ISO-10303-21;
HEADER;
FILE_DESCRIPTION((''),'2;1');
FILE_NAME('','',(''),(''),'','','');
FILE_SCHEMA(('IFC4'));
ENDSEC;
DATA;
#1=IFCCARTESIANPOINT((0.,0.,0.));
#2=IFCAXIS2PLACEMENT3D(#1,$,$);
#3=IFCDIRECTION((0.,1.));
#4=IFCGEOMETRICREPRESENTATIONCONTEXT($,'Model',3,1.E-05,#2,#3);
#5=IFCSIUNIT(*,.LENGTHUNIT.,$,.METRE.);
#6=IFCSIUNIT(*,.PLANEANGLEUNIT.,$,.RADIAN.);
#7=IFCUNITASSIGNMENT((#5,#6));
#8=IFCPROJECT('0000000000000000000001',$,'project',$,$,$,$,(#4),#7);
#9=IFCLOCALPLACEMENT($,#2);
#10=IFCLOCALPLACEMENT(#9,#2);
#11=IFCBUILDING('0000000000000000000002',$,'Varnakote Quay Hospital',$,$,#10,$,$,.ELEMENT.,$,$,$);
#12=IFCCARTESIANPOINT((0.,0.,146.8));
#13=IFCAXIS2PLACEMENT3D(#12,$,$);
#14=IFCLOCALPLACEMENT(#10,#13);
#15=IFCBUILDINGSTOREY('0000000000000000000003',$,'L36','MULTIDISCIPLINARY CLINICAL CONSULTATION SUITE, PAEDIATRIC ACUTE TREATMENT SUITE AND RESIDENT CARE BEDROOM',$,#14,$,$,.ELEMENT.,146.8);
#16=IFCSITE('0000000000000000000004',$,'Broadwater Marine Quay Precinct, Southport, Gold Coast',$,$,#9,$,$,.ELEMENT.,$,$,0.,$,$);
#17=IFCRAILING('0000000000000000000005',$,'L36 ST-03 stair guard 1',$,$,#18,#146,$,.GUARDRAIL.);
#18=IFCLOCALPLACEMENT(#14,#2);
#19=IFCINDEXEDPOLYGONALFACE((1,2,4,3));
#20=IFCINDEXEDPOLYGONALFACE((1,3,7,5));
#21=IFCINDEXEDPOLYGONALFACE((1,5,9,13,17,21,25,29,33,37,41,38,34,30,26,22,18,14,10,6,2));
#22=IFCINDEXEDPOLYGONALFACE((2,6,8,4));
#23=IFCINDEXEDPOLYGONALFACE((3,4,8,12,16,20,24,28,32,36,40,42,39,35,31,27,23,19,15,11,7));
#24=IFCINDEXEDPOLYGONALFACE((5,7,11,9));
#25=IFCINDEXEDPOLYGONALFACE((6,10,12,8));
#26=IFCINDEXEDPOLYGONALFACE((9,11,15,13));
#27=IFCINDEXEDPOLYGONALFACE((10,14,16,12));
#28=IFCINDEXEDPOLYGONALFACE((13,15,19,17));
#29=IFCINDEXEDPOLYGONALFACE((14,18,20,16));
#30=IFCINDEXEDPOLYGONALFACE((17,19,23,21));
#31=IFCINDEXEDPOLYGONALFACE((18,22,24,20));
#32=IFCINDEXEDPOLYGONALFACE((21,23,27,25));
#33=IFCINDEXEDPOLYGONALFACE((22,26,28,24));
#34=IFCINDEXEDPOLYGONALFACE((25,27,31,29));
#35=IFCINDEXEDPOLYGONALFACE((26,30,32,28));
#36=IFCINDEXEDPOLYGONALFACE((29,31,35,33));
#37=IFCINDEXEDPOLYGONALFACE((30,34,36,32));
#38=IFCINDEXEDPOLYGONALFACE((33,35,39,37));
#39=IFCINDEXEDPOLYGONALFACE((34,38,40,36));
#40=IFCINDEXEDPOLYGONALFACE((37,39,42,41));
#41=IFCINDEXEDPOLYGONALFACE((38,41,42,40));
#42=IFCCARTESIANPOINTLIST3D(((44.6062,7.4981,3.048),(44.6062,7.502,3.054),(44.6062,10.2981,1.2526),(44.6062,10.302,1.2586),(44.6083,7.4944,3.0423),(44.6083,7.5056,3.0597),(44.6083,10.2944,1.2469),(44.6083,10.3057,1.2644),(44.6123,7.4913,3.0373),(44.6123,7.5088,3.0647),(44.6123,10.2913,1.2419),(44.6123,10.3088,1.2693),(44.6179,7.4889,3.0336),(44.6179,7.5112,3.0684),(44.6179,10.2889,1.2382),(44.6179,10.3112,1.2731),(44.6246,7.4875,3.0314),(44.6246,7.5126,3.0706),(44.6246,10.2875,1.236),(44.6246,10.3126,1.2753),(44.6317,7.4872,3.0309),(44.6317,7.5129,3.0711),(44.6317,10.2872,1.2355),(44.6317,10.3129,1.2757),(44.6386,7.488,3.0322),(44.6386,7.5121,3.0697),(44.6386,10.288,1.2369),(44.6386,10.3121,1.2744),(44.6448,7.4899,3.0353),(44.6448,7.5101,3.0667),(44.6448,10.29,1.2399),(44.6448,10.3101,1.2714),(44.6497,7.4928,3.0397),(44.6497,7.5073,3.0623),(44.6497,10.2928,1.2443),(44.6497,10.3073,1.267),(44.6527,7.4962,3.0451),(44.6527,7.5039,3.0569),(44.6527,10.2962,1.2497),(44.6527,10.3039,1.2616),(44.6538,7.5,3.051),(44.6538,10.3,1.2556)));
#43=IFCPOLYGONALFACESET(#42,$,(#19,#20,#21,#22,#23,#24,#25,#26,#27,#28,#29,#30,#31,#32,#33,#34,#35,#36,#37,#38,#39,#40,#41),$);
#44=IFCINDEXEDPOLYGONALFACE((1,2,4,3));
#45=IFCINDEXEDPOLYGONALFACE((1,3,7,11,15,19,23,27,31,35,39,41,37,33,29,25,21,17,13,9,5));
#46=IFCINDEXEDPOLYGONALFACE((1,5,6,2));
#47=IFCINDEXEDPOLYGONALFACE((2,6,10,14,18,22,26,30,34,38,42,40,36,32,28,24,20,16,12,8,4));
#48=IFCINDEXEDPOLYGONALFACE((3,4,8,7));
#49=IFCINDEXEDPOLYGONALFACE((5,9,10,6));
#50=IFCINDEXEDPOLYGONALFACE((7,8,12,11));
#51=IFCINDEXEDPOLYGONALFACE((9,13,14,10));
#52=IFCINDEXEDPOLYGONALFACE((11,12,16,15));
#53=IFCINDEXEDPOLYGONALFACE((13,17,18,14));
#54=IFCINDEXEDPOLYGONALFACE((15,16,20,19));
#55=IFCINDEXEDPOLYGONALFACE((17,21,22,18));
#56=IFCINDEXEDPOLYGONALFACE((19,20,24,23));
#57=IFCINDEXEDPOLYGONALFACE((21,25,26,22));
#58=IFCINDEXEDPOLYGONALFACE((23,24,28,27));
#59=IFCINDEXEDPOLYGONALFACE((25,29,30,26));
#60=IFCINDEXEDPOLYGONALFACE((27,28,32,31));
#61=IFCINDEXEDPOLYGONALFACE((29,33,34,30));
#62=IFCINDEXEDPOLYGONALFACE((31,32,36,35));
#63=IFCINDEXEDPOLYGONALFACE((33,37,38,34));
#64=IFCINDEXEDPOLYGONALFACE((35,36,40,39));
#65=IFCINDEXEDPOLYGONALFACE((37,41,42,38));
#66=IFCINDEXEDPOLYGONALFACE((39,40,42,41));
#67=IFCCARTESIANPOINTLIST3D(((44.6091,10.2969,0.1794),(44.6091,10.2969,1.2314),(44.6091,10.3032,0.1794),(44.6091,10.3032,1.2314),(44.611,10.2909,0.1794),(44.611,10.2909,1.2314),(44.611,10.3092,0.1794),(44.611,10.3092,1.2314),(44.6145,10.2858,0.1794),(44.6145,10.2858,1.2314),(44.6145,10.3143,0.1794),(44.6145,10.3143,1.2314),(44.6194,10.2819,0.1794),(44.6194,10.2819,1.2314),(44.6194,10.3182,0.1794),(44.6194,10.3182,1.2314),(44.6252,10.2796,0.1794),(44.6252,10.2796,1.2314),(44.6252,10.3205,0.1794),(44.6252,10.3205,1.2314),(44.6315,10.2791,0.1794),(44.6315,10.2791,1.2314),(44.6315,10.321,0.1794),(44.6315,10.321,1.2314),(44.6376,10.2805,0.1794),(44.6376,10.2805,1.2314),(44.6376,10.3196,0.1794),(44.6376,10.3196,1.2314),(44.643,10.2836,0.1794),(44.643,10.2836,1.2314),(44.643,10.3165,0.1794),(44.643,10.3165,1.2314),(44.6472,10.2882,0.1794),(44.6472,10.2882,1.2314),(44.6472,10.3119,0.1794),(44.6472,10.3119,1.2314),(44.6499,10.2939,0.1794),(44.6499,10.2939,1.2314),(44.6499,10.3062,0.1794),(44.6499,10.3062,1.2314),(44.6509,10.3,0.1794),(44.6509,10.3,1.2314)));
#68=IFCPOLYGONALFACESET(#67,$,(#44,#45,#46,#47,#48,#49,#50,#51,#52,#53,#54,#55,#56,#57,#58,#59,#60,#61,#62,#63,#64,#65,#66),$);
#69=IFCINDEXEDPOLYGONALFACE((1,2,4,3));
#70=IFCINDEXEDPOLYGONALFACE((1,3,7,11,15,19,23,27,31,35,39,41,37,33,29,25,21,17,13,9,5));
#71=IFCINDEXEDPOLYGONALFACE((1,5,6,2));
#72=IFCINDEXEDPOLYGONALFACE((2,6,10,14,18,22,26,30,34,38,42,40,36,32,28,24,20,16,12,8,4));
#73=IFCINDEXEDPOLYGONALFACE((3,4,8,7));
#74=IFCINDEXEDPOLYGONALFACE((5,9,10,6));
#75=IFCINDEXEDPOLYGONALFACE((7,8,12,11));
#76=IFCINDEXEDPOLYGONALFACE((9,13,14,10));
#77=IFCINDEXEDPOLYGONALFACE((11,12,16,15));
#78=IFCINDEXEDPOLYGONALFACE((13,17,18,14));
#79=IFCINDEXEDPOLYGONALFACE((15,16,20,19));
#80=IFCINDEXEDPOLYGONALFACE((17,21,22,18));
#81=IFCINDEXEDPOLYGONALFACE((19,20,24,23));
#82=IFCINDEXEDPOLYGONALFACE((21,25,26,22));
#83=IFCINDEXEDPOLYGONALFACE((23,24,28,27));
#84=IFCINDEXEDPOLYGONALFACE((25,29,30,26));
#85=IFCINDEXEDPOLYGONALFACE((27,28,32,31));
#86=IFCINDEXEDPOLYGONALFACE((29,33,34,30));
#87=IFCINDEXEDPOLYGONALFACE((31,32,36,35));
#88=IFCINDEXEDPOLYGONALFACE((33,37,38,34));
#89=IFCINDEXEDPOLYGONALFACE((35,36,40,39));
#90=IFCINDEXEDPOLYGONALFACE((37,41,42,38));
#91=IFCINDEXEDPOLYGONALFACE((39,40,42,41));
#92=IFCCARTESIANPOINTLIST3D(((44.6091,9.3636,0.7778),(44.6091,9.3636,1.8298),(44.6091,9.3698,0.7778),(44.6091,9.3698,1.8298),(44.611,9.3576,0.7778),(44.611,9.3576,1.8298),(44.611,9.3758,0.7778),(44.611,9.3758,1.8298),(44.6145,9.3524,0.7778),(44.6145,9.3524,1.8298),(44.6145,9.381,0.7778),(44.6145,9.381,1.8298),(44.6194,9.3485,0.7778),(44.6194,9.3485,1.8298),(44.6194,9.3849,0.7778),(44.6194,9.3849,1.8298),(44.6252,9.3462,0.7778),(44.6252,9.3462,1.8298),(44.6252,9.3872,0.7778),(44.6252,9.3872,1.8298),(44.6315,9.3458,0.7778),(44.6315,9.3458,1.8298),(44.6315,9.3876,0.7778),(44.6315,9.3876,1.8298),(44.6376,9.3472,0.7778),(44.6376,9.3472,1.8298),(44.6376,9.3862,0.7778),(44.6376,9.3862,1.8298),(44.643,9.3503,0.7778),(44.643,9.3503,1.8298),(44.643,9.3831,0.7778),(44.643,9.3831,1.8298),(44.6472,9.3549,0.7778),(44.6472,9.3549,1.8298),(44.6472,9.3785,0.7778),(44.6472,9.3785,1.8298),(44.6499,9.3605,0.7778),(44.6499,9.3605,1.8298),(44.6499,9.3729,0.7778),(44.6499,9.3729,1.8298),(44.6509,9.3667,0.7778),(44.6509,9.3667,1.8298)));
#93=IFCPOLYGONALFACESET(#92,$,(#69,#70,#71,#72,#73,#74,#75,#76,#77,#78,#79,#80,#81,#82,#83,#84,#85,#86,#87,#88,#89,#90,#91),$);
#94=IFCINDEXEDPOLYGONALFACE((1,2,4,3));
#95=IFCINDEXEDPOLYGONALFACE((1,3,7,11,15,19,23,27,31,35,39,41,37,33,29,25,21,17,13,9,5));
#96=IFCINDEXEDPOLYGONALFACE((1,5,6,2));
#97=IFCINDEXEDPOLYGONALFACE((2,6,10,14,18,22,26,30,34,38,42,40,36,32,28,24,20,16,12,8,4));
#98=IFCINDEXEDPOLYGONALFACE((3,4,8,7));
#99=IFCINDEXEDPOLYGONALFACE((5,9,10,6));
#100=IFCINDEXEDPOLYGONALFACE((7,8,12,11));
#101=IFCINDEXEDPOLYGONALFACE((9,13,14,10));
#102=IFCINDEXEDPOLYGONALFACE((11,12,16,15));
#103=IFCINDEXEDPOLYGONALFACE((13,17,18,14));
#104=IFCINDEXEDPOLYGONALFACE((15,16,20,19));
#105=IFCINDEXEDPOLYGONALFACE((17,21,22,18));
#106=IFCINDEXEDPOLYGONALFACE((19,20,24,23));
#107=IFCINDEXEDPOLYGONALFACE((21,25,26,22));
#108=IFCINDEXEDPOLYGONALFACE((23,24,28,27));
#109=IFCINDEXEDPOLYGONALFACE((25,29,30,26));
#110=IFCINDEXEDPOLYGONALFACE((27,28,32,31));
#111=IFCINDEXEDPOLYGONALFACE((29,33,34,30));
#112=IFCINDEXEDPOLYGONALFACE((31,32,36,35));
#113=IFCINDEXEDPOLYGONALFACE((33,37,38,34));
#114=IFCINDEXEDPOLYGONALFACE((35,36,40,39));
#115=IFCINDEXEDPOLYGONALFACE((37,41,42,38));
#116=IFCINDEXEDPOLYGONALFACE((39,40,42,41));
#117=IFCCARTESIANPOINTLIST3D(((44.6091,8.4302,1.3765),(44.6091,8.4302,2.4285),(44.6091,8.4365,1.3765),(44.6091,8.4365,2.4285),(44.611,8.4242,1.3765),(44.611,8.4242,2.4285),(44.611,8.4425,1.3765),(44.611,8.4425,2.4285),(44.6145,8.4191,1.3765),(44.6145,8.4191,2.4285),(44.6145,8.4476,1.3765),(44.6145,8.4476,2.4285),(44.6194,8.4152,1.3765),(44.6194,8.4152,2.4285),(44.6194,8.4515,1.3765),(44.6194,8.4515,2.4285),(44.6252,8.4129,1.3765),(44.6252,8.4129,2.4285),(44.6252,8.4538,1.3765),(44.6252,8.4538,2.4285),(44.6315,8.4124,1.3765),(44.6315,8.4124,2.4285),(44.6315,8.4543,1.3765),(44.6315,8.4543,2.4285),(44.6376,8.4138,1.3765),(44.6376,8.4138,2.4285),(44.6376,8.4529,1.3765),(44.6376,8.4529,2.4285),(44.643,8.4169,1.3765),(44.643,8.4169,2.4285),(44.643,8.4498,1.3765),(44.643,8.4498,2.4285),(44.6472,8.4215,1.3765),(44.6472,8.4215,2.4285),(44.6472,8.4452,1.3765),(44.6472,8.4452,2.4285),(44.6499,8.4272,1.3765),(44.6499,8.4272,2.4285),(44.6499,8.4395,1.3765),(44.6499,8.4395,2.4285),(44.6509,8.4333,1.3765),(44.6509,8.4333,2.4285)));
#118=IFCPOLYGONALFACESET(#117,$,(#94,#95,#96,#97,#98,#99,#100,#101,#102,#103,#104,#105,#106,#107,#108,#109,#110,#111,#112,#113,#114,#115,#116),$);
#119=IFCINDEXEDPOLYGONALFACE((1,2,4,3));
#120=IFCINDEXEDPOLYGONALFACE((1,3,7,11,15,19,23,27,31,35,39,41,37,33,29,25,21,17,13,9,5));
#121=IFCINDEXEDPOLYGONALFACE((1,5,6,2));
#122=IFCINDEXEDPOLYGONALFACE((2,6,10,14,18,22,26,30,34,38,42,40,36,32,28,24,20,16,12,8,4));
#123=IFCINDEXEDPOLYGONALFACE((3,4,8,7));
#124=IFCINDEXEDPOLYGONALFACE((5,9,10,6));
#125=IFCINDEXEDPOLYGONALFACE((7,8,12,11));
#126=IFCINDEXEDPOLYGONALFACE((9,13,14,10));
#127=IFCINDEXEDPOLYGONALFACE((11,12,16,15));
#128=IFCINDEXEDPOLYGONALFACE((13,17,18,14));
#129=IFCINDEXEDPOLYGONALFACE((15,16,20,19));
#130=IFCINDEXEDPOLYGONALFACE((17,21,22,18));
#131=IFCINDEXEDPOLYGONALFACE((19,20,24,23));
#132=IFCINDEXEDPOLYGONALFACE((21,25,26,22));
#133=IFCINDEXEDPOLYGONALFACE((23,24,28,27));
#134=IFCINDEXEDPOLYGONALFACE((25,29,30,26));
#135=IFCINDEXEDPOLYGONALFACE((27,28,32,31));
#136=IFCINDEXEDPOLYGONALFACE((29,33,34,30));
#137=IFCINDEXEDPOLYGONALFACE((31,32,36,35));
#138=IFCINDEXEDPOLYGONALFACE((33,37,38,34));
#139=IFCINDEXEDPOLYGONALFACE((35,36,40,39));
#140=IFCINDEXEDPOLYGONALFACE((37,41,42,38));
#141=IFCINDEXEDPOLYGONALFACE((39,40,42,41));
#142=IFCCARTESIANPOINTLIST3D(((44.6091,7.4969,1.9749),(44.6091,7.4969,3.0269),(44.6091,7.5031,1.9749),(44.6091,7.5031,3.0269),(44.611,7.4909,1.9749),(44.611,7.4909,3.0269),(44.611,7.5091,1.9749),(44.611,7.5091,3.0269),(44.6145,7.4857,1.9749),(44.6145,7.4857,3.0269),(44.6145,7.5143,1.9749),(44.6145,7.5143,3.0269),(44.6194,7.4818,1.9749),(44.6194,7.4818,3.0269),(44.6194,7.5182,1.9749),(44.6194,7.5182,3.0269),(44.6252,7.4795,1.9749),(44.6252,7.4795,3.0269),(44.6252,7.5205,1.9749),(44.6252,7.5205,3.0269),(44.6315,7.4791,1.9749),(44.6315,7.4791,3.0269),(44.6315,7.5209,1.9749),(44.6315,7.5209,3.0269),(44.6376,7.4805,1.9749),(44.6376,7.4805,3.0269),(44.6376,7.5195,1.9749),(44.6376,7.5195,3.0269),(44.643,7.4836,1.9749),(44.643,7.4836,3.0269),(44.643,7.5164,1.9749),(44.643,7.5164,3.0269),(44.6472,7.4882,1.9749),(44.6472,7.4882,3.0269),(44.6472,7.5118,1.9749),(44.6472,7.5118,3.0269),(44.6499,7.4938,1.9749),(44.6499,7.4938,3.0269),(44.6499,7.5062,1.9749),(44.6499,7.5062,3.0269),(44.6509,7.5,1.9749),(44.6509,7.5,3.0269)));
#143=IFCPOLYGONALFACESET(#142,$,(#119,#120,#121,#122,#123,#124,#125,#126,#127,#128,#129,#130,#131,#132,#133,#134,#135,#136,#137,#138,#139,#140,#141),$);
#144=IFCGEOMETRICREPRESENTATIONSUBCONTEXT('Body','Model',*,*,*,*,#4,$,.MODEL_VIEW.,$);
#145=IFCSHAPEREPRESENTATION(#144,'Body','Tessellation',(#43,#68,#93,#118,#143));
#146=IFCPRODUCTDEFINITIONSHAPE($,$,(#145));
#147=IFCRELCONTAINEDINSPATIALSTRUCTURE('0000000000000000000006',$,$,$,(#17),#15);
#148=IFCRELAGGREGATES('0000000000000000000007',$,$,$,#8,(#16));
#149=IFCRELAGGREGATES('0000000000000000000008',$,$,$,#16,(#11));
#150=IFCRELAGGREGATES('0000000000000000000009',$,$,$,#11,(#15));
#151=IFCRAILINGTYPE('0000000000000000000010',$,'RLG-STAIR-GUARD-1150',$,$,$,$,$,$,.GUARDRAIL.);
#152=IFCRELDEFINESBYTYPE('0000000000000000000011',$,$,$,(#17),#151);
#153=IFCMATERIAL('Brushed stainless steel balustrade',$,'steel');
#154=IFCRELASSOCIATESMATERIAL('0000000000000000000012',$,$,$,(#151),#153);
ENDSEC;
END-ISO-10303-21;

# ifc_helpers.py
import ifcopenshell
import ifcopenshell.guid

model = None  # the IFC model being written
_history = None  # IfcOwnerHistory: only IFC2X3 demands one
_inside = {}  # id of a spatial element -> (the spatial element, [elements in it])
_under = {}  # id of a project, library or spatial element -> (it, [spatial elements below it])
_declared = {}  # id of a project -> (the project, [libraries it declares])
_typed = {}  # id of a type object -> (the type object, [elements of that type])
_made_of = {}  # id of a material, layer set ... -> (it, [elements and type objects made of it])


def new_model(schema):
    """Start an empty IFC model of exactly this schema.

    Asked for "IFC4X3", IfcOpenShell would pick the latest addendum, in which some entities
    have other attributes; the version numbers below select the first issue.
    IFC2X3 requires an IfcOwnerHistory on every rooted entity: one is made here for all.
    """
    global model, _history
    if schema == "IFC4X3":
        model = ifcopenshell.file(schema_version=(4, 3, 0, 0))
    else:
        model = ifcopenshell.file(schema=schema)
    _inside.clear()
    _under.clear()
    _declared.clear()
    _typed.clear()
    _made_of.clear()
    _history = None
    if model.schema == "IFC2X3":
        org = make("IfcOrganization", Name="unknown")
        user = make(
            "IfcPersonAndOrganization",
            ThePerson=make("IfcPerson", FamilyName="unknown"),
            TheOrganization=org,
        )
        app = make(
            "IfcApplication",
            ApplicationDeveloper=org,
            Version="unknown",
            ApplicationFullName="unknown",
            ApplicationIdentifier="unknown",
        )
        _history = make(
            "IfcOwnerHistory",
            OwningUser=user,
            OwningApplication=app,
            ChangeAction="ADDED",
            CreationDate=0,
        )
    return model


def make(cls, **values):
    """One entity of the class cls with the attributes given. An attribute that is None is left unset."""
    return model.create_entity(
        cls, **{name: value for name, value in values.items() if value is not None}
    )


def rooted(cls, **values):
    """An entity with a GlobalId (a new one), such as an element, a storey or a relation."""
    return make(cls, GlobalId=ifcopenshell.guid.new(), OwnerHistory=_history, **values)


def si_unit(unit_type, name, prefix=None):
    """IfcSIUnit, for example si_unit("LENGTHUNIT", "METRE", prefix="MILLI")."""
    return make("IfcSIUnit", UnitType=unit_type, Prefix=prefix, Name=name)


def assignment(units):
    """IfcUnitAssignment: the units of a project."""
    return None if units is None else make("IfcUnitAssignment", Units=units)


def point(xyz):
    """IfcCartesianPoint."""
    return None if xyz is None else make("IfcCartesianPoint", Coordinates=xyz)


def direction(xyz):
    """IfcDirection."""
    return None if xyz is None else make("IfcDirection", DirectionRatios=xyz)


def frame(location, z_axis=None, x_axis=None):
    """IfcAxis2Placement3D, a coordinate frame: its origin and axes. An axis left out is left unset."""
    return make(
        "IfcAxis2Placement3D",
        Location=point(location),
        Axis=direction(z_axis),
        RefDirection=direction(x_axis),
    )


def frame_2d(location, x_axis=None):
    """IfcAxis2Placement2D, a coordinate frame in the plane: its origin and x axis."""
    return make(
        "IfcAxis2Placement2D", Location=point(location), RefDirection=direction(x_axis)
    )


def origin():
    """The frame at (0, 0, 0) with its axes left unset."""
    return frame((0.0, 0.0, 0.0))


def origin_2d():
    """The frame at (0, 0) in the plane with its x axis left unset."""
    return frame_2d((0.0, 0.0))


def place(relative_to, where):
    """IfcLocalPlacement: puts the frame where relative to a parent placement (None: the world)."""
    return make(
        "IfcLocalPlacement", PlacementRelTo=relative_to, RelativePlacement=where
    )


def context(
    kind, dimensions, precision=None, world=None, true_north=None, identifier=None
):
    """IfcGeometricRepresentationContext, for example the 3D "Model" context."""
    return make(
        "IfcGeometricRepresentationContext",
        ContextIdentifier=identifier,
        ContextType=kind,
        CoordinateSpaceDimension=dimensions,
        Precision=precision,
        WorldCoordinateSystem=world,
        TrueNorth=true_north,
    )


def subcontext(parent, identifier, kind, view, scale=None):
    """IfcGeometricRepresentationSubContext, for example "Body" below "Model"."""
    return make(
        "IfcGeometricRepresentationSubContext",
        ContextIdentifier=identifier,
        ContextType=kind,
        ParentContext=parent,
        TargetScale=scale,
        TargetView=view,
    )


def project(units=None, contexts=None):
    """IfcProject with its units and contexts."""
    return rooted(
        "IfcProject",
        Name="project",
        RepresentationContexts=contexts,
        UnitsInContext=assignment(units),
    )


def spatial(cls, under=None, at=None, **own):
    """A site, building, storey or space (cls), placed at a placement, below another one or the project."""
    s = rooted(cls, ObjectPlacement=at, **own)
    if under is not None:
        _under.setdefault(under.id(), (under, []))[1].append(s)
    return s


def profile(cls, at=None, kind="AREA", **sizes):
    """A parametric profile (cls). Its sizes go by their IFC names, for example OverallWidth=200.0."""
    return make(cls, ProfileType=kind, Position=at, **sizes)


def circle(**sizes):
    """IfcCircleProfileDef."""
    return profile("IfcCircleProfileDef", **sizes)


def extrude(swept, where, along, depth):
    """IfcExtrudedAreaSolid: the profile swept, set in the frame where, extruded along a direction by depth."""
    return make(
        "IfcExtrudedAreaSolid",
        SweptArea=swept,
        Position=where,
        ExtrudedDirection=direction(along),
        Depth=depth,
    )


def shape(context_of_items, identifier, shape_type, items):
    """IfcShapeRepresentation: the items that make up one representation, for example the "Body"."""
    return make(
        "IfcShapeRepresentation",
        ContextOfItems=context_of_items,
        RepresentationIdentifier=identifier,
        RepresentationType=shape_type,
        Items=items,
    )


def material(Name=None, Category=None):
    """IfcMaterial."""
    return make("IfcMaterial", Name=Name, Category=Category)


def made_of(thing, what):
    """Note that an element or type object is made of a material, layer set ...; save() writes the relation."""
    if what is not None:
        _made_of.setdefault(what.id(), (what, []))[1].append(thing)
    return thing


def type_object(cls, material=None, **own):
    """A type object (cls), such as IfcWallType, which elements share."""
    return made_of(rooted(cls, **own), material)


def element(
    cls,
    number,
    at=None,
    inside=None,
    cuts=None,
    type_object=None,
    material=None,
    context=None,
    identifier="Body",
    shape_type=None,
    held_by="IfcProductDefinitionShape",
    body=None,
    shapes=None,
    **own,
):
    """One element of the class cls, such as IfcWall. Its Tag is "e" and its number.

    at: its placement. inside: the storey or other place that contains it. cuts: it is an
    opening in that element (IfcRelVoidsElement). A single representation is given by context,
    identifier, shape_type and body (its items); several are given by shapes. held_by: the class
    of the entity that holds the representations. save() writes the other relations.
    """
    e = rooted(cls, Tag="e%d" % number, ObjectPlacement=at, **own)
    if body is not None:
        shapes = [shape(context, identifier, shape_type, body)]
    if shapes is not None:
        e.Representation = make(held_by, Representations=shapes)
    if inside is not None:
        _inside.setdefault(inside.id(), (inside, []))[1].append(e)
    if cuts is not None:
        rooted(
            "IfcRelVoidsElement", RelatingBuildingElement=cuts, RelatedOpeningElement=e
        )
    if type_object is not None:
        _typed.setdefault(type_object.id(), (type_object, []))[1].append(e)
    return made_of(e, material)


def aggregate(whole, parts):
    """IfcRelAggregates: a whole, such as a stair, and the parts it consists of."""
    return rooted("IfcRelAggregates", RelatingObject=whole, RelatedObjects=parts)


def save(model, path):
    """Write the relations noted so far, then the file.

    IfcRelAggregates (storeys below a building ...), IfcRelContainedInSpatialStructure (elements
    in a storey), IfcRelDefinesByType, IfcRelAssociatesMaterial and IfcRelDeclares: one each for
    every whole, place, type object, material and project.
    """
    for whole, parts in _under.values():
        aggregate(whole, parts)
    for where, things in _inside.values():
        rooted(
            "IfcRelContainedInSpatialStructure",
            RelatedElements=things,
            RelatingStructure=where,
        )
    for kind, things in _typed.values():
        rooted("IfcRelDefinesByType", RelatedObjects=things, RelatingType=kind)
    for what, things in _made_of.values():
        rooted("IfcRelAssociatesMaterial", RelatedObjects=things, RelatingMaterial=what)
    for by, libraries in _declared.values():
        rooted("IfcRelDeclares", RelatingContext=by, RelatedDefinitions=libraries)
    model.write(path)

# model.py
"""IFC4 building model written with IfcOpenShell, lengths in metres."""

from ifc_helpers import new_model, si_unit, direction, frame, origin, origin_2d, place, context, subcontext, project, spatial, circle, extrude, material, type_object, element, save


model = new_model("IFC4")

# Units and contexts
model_context = context("Model", 3, precision=1e-05, world=origin(), true_north=direction((0.0, 1.0)))
body_context = subcontext(model_context, "Body", "Model", "MODEL_VIEW")
ifc_project = project(units=[si_unit("LENGTHUNIT", "METRE"), si_unit("PLANEANGLEUNIT", "RADIAN")], contexts=[model_context])

# Site, building, storey
site_placement = place(None, origin())
site = spatial("IfcSite", under=ifc_project, at=site_placement, Name="Broadwater Marine Quay Precinct, Southport, Gold Coast", CompositionType="ELEMENT", RefElevation=0.0)
building_placement = place(site_placement, origin())
building = spatial("IfcBuilding", under=site, at=building_placement, Name="Varnakote Quay Hospital", CompositionType="ELEMENT")
storey_placement = place(building_placement, frame((0.0, 0.0, 146.8)))
storey = spatial("IfcBuildingStorey", under=building, at=storey_placement, Name="L36", Description="MULTIDISCIPLINARY CLINICAL CONSULTATION SUITE, PAEDIATRIC ACUTE TREATMENT SUITE AND RESIDENT CARE BEDROOM", CompositionType="ELEMENT", Elevation=146.8)

# Railing
ifc_material_1 = material(Name="Brushed stainless steel balustrade", Category="steel")
railing_type_1 = type_object("IfcRailingType", Name="RLG-STAIR-GUARD-1150", PredefinedType="GUARDRAIL", material=ifc_material_1)
railing_1_placement = place(storey_placement, frame((44.6299, 10.3, 0.1794)))
element("IfcRailing", 1, at=railing_1_placement, inside=storey, type_object=railing_type_1, Name="L36 ST-03 stair guard 1", PredefinedType="GUARDRAIL", context=body_context, shape_type="SweptSolid", body=[
    extrude(circle(Radius=0.0239, at=origin_2d()), frame((0.0, 0.0, 1.0762), z_axis=(0.0, -0.84181, 0.539774), x_axis=(1.0, 0.0, 0.0)), (0.0, 0.0, 1.0), 3.3262),
    extrude(circle(Radius=0.021, at=origin_2d()), origin(), (0.0, 0.0, 1.0), 1.052),
    extrude(circle(Radius=0.021, at=origin_2d()), frame((0.0, -0.9333, 0.5984)), (0.0, 0.0, 1.0), 1.052),
    extrude(circle(Radius=0.021, at=origin_2d()), frame((0.0, -1.8667, 1.197)), (0.0, 0.0, 1.0), 1.052),
    extrude(circle(Radius=0.021, at=origin_2d()), frame((0.0, -2.8, 1.7954)), (0.0, 0.0, 1.0), 1.052),
])

save(model, "model.ifc")
